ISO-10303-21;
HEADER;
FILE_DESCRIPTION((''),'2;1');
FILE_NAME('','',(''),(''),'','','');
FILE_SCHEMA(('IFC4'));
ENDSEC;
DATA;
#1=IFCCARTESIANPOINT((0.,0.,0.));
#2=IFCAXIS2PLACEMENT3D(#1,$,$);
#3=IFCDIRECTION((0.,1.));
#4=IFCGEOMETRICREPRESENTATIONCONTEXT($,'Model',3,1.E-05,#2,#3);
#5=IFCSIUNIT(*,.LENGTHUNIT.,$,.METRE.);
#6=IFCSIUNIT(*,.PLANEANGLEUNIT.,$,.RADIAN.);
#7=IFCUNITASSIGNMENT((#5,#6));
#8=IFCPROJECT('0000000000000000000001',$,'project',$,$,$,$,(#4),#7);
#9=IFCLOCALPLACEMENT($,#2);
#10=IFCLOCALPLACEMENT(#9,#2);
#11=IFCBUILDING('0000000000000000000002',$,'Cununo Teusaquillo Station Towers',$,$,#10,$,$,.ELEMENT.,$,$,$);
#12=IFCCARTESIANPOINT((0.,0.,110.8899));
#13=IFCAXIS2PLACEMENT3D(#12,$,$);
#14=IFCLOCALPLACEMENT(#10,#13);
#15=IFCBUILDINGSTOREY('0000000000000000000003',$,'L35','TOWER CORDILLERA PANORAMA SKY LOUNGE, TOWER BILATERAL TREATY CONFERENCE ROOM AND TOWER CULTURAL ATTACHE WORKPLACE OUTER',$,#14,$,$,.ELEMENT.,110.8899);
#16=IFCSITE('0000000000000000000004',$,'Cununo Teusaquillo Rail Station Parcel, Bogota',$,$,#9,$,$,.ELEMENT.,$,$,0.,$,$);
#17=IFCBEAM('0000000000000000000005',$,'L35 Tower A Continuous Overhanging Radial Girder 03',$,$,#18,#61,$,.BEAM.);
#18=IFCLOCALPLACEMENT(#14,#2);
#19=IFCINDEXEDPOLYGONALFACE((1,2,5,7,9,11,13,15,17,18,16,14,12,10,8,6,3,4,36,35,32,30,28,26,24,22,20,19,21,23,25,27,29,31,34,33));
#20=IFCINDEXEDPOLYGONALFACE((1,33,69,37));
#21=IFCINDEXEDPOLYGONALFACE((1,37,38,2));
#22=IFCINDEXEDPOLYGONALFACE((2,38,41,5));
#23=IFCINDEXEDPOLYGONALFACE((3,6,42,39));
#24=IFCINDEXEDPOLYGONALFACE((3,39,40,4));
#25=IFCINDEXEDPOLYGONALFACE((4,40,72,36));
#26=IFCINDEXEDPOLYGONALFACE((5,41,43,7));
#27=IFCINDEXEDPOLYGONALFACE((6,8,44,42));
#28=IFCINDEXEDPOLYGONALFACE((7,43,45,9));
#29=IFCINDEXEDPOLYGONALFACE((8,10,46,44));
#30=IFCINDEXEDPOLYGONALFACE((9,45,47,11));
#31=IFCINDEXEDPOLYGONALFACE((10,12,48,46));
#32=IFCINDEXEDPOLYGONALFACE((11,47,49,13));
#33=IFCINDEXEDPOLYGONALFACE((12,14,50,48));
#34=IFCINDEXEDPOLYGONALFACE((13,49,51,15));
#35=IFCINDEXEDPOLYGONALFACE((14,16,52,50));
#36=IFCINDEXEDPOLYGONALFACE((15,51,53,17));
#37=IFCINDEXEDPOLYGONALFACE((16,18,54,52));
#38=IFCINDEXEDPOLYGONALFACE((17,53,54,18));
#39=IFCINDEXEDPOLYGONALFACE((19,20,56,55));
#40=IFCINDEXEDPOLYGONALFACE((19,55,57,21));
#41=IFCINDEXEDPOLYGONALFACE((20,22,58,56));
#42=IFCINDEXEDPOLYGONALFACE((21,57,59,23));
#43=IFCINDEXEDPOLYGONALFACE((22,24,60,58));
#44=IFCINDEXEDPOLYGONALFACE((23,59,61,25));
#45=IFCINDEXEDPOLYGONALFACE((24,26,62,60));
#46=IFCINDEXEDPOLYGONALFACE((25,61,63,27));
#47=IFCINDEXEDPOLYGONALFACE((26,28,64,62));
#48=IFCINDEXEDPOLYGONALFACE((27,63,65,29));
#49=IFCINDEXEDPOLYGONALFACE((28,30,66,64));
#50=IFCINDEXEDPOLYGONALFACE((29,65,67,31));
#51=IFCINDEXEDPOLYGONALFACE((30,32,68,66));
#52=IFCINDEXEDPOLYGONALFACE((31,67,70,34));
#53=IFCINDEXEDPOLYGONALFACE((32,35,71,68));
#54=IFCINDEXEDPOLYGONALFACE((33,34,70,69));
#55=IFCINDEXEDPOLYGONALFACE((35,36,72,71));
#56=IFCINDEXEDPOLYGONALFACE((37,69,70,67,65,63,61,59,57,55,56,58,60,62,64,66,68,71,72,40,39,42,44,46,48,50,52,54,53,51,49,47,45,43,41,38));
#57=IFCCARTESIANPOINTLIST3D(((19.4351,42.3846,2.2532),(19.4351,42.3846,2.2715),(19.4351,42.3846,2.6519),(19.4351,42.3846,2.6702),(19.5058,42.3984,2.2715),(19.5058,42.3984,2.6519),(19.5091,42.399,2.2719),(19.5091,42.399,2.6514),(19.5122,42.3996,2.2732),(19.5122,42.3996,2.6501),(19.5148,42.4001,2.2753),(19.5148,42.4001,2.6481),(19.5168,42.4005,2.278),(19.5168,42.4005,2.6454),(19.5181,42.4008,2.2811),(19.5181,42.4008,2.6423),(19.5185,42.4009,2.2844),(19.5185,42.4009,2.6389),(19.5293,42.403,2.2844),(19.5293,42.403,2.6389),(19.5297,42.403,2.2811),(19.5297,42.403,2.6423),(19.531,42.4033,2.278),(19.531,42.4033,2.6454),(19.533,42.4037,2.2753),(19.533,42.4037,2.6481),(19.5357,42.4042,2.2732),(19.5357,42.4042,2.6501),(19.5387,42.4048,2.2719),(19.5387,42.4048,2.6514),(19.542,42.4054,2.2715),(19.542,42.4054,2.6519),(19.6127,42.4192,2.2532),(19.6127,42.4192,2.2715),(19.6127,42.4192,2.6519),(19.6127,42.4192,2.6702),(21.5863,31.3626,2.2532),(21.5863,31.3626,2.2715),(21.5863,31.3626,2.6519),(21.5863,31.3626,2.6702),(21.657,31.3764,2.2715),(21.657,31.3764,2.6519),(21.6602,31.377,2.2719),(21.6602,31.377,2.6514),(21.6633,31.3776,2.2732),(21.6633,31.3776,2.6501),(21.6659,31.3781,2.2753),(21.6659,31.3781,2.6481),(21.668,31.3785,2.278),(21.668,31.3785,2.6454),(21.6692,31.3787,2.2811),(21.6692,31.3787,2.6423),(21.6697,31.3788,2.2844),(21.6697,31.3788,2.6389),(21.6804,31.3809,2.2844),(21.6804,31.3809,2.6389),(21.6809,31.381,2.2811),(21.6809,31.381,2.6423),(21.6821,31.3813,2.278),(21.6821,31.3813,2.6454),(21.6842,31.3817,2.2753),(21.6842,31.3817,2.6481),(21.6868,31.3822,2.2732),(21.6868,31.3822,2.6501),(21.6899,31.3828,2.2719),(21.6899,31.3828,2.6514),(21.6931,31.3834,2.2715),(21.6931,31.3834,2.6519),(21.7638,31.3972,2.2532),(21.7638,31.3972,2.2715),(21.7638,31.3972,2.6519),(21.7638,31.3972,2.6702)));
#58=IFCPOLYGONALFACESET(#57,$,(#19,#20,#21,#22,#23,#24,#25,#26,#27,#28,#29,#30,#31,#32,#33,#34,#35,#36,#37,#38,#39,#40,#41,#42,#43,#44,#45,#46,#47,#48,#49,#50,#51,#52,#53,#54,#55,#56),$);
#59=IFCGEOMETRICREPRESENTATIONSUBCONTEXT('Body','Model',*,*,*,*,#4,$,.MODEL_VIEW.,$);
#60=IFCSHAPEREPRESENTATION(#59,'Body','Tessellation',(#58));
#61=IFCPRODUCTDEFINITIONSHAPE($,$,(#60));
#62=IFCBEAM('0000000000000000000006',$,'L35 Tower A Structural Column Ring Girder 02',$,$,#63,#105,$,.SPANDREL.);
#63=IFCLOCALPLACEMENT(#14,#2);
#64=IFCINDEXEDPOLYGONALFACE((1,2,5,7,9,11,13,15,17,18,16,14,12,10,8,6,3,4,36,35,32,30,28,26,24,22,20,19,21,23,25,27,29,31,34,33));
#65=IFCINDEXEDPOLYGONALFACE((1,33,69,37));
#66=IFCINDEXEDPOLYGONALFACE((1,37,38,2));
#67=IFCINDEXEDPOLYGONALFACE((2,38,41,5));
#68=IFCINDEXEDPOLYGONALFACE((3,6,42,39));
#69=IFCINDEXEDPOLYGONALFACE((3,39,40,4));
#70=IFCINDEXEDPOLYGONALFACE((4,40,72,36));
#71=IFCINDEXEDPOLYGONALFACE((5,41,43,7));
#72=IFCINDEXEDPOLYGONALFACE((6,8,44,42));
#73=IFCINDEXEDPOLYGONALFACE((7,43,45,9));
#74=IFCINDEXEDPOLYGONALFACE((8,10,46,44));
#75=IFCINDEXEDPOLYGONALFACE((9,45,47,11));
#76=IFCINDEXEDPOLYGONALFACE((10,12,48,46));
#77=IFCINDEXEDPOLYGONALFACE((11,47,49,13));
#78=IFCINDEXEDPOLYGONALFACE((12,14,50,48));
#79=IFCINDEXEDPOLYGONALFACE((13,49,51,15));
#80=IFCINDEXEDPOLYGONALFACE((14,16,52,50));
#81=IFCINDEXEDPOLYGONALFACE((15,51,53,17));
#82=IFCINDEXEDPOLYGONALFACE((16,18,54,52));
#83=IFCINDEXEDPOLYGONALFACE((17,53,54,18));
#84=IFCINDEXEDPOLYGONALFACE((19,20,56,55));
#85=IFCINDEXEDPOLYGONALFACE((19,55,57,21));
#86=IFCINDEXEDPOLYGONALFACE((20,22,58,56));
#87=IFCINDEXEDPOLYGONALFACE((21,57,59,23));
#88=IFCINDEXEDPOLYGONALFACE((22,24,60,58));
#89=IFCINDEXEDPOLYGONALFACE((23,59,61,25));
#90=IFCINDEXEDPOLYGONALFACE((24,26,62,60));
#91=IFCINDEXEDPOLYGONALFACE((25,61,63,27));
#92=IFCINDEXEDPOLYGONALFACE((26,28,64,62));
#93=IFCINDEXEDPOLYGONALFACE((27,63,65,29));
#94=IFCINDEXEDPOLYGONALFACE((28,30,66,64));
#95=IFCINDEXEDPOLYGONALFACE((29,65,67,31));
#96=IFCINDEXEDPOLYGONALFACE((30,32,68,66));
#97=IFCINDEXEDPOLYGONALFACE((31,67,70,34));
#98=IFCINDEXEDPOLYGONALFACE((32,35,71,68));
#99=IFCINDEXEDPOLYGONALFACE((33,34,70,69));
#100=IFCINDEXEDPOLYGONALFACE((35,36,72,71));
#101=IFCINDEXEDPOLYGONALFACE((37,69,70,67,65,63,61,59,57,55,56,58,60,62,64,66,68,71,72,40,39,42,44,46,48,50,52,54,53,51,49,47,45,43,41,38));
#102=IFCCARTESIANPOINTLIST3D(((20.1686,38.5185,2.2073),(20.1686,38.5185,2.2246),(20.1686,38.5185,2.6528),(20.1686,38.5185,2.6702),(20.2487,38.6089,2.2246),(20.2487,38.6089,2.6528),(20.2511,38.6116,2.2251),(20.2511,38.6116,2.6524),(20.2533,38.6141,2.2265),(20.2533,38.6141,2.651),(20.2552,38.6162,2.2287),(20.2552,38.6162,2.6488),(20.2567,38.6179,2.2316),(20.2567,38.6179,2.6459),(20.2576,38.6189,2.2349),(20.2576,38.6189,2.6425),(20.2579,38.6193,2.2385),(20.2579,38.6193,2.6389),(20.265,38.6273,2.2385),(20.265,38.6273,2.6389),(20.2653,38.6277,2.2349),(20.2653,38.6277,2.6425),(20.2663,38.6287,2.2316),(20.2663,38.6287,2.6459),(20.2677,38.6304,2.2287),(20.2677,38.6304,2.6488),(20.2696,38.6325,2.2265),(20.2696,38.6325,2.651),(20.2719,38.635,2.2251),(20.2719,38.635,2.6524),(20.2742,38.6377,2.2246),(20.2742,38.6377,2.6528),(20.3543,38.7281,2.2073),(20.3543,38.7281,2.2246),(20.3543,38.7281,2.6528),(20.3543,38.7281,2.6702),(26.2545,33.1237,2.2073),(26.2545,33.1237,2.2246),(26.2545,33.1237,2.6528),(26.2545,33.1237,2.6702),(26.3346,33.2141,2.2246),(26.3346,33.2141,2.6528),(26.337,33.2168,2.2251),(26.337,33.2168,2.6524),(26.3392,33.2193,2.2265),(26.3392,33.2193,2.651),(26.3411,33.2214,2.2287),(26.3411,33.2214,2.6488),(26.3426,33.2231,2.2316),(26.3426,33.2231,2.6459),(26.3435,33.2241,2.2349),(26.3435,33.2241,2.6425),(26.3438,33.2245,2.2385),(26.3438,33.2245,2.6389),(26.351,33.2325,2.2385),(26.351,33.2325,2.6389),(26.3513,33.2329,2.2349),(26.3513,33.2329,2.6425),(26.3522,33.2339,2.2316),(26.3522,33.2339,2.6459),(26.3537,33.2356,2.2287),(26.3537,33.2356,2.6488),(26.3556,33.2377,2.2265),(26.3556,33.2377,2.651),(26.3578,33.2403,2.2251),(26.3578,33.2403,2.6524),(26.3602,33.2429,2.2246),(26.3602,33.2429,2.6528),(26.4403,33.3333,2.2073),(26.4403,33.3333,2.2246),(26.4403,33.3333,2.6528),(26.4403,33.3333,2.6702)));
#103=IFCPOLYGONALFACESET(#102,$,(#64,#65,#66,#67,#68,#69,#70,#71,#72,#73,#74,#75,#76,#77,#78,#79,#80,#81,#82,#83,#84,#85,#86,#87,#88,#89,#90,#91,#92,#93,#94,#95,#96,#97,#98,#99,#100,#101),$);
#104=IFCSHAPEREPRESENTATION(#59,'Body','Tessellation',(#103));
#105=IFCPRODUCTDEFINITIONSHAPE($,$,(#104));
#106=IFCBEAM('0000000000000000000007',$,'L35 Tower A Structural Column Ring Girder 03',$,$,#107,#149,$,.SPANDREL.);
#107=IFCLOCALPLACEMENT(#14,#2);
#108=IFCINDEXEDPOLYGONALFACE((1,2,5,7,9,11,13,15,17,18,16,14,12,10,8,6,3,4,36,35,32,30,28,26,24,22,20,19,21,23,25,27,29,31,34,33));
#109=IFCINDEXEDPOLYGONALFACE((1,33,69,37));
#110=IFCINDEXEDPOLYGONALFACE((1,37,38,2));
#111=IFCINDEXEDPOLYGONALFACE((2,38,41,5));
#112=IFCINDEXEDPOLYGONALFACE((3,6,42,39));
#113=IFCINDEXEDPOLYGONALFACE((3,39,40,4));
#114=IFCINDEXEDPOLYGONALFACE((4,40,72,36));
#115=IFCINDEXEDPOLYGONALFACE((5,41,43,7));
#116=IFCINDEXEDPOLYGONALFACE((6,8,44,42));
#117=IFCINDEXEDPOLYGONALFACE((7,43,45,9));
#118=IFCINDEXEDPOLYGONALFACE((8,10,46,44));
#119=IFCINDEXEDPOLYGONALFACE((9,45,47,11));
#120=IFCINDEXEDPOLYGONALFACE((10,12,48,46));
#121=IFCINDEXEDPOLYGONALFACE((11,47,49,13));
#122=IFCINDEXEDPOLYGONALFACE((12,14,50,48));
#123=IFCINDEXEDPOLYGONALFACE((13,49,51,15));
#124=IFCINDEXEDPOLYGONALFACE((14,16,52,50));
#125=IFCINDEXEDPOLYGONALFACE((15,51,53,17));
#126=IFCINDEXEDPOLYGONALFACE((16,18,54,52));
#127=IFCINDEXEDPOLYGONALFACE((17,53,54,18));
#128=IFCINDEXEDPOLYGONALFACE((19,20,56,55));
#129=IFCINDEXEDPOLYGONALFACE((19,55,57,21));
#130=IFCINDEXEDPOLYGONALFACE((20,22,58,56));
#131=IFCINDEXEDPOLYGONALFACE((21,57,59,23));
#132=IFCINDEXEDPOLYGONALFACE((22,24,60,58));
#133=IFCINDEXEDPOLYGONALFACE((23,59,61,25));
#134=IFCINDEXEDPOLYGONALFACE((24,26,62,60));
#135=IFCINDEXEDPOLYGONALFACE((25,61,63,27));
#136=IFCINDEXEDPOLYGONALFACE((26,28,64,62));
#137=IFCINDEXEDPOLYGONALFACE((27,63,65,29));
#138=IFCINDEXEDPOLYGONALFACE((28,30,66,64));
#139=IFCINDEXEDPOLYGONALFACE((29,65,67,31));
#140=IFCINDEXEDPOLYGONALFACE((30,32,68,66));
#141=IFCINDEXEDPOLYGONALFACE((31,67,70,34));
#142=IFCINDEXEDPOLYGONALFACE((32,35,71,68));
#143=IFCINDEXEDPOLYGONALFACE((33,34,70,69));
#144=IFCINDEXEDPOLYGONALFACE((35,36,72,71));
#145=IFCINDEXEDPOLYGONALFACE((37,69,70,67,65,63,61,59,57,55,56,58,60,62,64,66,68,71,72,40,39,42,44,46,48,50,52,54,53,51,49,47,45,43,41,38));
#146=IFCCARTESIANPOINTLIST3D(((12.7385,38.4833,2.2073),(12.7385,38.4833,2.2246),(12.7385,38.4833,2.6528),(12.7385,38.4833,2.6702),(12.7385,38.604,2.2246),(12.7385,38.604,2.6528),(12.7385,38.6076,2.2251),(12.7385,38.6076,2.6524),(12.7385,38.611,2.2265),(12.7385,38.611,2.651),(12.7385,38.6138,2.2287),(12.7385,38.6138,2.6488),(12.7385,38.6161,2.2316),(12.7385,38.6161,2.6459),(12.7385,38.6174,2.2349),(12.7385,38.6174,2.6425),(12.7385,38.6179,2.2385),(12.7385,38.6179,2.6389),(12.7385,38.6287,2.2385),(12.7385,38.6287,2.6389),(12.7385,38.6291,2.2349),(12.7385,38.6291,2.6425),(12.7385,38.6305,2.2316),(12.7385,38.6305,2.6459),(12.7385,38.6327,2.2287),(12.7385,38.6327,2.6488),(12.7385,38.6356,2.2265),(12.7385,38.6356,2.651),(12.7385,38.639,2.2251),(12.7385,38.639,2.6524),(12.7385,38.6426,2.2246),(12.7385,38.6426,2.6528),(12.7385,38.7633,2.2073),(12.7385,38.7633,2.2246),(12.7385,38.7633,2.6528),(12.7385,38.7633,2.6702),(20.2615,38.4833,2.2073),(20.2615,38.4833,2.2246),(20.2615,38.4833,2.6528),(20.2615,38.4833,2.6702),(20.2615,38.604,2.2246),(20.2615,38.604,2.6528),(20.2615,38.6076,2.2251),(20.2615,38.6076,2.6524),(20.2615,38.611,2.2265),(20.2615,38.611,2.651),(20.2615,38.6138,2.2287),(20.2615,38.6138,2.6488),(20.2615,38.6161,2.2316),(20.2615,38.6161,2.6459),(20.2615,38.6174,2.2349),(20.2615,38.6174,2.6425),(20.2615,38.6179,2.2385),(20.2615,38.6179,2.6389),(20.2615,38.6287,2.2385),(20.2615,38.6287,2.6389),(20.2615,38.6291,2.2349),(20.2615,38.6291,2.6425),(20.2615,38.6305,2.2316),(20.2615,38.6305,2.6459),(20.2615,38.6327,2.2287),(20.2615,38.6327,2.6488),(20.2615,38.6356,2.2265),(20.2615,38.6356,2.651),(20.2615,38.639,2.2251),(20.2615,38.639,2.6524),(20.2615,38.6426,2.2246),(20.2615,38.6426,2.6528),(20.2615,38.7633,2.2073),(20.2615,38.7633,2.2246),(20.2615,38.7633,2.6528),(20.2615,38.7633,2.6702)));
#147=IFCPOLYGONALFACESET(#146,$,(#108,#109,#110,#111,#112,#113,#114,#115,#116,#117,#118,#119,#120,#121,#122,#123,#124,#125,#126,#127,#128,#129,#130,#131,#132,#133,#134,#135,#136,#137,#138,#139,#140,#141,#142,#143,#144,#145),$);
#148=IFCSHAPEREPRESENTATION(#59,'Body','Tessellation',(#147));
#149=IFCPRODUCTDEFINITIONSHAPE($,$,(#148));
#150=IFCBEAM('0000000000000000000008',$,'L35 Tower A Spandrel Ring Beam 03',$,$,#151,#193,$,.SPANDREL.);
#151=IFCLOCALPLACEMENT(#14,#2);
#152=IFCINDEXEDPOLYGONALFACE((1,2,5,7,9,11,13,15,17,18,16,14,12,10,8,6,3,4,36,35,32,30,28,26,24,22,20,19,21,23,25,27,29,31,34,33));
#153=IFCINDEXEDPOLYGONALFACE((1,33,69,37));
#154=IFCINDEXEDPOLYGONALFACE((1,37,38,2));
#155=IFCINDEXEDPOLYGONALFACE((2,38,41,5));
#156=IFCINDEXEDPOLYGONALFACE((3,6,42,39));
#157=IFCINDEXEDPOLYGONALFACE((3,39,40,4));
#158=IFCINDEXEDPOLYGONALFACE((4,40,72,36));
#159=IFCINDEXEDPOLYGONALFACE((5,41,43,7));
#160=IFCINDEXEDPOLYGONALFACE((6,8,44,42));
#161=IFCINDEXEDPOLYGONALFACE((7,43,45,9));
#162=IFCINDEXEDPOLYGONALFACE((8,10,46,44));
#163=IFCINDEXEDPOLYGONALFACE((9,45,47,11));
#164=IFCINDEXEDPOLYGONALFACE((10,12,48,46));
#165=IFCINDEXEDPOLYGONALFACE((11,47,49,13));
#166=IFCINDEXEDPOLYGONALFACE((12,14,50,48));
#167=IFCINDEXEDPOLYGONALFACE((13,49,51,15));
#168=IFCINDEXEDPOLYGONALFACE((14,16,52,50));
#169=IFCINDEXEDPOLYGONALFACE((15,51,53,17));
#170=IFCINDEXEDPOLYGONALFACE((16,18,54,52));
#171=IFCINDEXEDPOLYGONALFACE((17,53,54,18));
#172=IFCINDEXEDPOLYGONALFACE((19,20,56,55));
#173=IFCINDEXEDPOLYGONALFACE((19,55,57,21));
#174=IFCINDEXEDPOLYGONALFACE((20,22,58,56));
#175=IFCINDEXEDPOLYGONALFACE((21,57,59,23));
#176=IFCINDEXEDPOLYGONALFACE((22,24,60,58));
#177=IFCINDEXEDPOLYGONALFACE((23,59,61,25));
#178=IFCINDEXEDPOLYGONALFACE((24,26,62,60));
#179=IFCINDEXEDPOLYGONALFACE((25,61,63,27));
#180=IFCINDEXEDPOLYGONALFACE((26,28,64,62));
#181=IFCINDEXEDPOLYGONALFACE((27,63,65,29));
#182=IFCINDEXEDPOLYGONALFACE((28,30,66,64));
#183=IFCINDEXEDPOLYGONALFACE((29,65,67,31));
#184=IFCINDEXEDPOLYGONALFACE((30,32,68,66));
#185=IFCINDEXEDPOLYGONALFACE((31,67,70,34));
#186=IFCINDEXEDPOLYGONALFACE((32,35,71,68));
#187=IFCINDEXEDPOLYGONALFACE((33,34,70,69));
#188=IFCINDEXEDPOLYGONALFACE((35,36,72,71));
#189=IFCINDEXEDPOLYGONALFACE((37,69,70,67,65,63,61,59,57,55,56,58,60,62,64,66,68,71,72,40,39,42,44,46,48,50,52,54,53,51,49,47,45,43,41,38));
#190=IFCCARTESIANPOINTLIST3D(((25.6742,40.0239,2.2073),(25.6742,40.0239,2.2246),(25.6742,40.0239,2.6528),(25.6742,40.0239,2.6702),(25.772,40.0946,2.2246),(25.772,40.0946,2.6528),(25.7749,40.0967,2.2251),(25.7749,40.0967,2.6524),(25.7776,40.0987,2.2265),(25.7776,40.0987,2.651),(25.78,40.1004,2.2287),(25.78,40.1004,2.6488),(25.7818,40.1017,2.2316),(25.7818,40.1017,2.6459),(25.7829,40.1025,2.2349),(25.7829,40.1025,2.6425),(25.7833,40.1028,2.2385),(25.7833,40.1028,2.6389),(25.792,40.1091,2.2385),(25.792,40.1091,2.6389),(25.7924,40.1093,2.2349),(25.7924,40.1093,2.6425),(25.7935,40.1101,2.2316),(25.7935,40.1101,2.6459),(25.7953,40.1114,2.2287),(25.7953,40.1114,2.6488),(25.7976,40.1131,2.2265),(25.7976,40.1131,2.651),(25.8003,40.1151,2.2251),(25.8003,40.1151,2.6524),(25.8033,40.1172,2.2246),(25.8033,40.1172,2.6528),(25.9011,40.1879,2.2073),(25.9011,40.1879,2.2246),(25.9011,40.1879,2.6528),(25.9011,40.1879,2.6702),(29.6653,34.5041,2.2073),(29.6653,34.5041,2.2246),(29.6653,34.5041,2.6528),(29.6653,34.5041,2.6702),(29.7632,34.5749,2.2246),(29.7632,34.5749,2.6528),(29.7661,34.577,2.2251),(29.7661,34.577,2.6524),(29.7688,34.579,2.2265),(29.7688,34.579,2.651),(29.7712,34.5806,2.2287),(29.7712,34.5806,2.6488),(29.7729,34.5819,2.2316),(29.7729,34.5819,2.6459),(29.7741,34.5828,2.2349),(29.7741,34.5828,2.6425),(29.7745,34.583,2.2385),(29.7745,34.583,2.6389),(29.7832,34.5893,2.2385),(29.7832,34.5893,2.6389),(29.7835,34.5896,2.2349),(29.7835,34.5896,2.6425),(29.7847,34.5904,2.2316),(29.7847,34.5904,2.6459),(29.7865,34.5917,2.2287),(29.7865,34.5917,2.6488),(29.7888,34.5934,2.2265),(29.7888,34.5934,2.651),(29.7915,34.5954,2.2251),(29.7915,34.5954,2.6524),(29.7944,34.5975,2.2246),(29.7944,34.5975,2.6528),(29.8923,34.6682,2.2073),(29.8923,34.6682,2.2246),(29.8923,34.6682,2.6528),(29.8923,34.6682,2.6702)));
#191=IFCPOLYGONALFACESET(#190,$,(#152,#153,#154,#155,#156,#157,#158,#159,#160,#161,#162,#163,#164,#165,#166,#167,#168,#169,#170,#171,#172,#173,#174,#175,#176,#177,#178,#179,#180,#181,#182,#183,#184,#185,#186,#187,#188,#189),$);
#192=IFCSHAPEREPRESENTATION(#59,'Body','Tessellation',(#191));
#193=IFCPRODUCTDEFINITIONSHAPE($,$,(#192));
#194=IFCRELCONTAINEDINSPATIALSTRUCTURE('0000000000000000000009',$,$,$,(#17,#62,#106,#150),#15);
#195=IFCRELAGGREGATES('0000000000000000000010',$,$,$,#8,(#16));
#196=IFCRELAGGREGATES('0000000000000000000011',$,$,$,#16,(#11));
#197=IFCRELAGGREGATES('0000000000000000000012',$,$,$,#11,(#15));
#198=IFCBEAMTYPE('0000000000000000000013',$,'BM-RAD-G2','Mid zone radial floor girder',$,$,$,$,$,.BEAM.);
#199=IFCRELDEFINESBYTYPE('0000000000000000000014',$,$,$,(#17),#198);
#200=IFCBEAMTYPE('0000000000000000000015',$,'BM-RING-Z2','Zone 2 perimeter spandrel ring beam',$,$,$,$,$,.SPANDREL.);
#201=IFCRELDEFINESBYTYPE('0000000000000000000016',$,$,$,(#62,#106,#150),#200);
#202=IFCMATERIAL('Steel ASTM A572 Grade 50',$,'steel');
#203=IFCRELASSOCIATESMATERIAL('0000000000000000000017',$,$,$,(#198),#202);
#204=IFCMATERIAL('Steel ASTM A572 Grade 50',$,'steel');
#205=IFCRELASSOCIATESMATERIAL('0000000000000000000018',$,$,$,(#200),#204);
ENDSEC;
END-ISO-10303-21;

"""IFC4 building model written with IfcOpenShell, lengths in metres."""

from ifc_helpers import new_model, si_unit, direction, frame, origin, origin_2d, place, context, subcontext, project, spatial, i_section, extrude, material, material_profile, profile_set, type_object, element, save


model = new_model("IFC4")

# Units and contexts
model_context = context("Model", 3, precision=1e-05, world=origin(), true_north=direction((0.0, 1.0)))
body_context = subcontext(model_context, "Body", "Model", "MODEL_VIEW")
ifc_project = project(units=[si_unit("LENGTHUNIT", "METRE"), si_unit("PLANEANGLEUNIT", "RADIAN")], contexts=[model_context])

# Site, building, storey
site_placement = place(None, origin())
site = spatial("IfcSite", under=ifc_project, at=site_placement, Name="Cununo Teusaquillo Rail Station Parcel, Bogota", CompositionType="ELEMENT", RefElevation=0.0)
building_placement = place(site_placement, origin())
building = spatial("IfcBuilding", under=site, at=building_placement, Name="Cununo Teusaquillo Station Towers", CompositionType="ELEMENT")
storey_placement = place(building_placement, frame((0.0, 0.0, 110.8899)))
storey = spatial("IfcBuildingStorey", under=building, at=storey_placement, Name="L35", Description="TOWER CORDILLERA PANORAMA SKY LOUNGE, TOWER BILATERAL TREATY CONFERENCE ROOM AND TOWER CULTURAL ATTACHE WORKPLACE OUTER", CompositionType="ELEMENT", Elevation=110.8899)

# Beams
ifc_material_1 = material(Name="Steel ASTM A572 Grade 50", Category="steel")
ifc_material_profile_1 = material_profile(ifc_material_1, i_section(OverallWidth=0.1809, OverallDepth=0.417, WebThickness=0.011, FlangeThickness=0.0183, FilletRadius=0.0129, at=origin_2d()), Name="W16X57")
ifc_profile_set_1 = profile_set([ifc_material_profile_1], Name="Steel ASTM A572 Grade 50")
beam_type_1 = type_object("IfcBeamType", Name="BM-RAD-G2", Description="Mid zone radial floor girder", PredefinedType="BEAM", material=ifc_profile_set_1)
beam_1_placement = place(storey_placement, frame((21.675, 31.3799, 2.4617), z_axis=(-0.191553, 0.981482, 0.0), x_axis=(-0.981482, -0.191553, 0.0)))
element("IfcBeam", 1, at=beam_1_placement, inside=storey, type_object=beam_type_1, Name="L35 Tower A Continuous Overhanging Radial Girder 03", PredefinedType="BEAM", context=body_context, shape_type="SweptSolid", body=[
    extrude(i_section(OverallWidth=0.1809, OverallDepth=0.417, WebThickness=0.011, FlangeThickness=0.0183, FilletRadius=0.0129, at=origin_2d()), origin(), (0.0, 0.0, 1.0), 11.23),
])
ifc_material_2 = material(Name="Steel ASTM A572 Grade 50", Category="steel")
ifc_material_profile_2 = material_profile(ifc_material_2, i_section(OverallWidth=0.28, OverallDepth=0.4629, WebThickness=0.0107, FlangeThickness=0.0173, FilletRadius=0.0139, at=origin_2d()), Name="W18X76")
ifc_profile_set_2 = profile_set([ifc_material_profile_2], Name="Steel ASTM A572 Grade 50")
beam_type_2 = type_object("IfcBeamType", Name="BM-RING-Z2", Description="Zone 2 perimeter spandrel ring beam", PredefinedType="SPANDREL", material=ifc_profile_set_2)
beam_2_placement = place(storey_placement, frame((26.3474, 33.2285, 2.4387), z_axis=(-0.748321, 0.663337, 0.0), x_axis=(-0.663337, -0.748321, 0.0)))
element("IfcBeam", 2, at=beam_2_placement, inside=storey, type_object=beam_type_2, Name="L35 Tower A Structural Column Ring Girder 02", PredefinedType="SPANDREL", context=body_context, shape_type="SweptSolid", body=[
    extrude(i_section(OverallWidth=0.28, OverallDepth=0.4629, WebThickness=0.0107, FlangeThickness=0.0173, FilletRadius=0.0139, at=origin_2d()), origin(), (0.0, 0.0, 1.0), 8.1328),
])
beam_3_placement = place(storey_placement, frame((20.2615, 38.6233, 2.4387), z_axis=(-1.0, 0.0, 0.0), x_axis=(0.0, -1.0, 0.0)))
element("IfcBeam", 3, at=beam_3_placement, inside=storey, type_object=beam_type_2, Name="L35 Tower A Structural Column Ring Girder 03", PredefinedType="SPANDREL", context=body_context, shape_type="SweptSolid", body=[
    extrude(i_section(OverallWidth=0.28, OverallDepth=0.4629, WebThickness=0.0107, FlangeThickness=0.0173, FilletRadius=0.0139, at=origin_2d()), origin(), (0.0, 0.0, 1.0), 7.5229),
])
beam_4_placement = place(storey_placement, frame((29.7788, 34.5862, 2.4387), z_axis=(-0.585945, 0.810351, 0.0), x_axis=(-0.810351, -0.585945, 0.0)))
element("IfcBeam", 4, at=beam_4_placement, inside=storey, type_object=beam_type_2, Name="L35 Tower A Spandrel Ring Beam 03", PredefinedType="SPANDREL", context=body_context, shape_type="SweptSolid", body=[
    extrude(i_section(OverallWidth=0.28, OverallDepth=0.4629, WebThickness=0.0107, FlangeThickness=0.0173, FilletRadius=0.0139, at=origin_2d()), origin(), (0.0, 0.0, 1.0), 6.8115),
])

save(model, "model.ifc")
